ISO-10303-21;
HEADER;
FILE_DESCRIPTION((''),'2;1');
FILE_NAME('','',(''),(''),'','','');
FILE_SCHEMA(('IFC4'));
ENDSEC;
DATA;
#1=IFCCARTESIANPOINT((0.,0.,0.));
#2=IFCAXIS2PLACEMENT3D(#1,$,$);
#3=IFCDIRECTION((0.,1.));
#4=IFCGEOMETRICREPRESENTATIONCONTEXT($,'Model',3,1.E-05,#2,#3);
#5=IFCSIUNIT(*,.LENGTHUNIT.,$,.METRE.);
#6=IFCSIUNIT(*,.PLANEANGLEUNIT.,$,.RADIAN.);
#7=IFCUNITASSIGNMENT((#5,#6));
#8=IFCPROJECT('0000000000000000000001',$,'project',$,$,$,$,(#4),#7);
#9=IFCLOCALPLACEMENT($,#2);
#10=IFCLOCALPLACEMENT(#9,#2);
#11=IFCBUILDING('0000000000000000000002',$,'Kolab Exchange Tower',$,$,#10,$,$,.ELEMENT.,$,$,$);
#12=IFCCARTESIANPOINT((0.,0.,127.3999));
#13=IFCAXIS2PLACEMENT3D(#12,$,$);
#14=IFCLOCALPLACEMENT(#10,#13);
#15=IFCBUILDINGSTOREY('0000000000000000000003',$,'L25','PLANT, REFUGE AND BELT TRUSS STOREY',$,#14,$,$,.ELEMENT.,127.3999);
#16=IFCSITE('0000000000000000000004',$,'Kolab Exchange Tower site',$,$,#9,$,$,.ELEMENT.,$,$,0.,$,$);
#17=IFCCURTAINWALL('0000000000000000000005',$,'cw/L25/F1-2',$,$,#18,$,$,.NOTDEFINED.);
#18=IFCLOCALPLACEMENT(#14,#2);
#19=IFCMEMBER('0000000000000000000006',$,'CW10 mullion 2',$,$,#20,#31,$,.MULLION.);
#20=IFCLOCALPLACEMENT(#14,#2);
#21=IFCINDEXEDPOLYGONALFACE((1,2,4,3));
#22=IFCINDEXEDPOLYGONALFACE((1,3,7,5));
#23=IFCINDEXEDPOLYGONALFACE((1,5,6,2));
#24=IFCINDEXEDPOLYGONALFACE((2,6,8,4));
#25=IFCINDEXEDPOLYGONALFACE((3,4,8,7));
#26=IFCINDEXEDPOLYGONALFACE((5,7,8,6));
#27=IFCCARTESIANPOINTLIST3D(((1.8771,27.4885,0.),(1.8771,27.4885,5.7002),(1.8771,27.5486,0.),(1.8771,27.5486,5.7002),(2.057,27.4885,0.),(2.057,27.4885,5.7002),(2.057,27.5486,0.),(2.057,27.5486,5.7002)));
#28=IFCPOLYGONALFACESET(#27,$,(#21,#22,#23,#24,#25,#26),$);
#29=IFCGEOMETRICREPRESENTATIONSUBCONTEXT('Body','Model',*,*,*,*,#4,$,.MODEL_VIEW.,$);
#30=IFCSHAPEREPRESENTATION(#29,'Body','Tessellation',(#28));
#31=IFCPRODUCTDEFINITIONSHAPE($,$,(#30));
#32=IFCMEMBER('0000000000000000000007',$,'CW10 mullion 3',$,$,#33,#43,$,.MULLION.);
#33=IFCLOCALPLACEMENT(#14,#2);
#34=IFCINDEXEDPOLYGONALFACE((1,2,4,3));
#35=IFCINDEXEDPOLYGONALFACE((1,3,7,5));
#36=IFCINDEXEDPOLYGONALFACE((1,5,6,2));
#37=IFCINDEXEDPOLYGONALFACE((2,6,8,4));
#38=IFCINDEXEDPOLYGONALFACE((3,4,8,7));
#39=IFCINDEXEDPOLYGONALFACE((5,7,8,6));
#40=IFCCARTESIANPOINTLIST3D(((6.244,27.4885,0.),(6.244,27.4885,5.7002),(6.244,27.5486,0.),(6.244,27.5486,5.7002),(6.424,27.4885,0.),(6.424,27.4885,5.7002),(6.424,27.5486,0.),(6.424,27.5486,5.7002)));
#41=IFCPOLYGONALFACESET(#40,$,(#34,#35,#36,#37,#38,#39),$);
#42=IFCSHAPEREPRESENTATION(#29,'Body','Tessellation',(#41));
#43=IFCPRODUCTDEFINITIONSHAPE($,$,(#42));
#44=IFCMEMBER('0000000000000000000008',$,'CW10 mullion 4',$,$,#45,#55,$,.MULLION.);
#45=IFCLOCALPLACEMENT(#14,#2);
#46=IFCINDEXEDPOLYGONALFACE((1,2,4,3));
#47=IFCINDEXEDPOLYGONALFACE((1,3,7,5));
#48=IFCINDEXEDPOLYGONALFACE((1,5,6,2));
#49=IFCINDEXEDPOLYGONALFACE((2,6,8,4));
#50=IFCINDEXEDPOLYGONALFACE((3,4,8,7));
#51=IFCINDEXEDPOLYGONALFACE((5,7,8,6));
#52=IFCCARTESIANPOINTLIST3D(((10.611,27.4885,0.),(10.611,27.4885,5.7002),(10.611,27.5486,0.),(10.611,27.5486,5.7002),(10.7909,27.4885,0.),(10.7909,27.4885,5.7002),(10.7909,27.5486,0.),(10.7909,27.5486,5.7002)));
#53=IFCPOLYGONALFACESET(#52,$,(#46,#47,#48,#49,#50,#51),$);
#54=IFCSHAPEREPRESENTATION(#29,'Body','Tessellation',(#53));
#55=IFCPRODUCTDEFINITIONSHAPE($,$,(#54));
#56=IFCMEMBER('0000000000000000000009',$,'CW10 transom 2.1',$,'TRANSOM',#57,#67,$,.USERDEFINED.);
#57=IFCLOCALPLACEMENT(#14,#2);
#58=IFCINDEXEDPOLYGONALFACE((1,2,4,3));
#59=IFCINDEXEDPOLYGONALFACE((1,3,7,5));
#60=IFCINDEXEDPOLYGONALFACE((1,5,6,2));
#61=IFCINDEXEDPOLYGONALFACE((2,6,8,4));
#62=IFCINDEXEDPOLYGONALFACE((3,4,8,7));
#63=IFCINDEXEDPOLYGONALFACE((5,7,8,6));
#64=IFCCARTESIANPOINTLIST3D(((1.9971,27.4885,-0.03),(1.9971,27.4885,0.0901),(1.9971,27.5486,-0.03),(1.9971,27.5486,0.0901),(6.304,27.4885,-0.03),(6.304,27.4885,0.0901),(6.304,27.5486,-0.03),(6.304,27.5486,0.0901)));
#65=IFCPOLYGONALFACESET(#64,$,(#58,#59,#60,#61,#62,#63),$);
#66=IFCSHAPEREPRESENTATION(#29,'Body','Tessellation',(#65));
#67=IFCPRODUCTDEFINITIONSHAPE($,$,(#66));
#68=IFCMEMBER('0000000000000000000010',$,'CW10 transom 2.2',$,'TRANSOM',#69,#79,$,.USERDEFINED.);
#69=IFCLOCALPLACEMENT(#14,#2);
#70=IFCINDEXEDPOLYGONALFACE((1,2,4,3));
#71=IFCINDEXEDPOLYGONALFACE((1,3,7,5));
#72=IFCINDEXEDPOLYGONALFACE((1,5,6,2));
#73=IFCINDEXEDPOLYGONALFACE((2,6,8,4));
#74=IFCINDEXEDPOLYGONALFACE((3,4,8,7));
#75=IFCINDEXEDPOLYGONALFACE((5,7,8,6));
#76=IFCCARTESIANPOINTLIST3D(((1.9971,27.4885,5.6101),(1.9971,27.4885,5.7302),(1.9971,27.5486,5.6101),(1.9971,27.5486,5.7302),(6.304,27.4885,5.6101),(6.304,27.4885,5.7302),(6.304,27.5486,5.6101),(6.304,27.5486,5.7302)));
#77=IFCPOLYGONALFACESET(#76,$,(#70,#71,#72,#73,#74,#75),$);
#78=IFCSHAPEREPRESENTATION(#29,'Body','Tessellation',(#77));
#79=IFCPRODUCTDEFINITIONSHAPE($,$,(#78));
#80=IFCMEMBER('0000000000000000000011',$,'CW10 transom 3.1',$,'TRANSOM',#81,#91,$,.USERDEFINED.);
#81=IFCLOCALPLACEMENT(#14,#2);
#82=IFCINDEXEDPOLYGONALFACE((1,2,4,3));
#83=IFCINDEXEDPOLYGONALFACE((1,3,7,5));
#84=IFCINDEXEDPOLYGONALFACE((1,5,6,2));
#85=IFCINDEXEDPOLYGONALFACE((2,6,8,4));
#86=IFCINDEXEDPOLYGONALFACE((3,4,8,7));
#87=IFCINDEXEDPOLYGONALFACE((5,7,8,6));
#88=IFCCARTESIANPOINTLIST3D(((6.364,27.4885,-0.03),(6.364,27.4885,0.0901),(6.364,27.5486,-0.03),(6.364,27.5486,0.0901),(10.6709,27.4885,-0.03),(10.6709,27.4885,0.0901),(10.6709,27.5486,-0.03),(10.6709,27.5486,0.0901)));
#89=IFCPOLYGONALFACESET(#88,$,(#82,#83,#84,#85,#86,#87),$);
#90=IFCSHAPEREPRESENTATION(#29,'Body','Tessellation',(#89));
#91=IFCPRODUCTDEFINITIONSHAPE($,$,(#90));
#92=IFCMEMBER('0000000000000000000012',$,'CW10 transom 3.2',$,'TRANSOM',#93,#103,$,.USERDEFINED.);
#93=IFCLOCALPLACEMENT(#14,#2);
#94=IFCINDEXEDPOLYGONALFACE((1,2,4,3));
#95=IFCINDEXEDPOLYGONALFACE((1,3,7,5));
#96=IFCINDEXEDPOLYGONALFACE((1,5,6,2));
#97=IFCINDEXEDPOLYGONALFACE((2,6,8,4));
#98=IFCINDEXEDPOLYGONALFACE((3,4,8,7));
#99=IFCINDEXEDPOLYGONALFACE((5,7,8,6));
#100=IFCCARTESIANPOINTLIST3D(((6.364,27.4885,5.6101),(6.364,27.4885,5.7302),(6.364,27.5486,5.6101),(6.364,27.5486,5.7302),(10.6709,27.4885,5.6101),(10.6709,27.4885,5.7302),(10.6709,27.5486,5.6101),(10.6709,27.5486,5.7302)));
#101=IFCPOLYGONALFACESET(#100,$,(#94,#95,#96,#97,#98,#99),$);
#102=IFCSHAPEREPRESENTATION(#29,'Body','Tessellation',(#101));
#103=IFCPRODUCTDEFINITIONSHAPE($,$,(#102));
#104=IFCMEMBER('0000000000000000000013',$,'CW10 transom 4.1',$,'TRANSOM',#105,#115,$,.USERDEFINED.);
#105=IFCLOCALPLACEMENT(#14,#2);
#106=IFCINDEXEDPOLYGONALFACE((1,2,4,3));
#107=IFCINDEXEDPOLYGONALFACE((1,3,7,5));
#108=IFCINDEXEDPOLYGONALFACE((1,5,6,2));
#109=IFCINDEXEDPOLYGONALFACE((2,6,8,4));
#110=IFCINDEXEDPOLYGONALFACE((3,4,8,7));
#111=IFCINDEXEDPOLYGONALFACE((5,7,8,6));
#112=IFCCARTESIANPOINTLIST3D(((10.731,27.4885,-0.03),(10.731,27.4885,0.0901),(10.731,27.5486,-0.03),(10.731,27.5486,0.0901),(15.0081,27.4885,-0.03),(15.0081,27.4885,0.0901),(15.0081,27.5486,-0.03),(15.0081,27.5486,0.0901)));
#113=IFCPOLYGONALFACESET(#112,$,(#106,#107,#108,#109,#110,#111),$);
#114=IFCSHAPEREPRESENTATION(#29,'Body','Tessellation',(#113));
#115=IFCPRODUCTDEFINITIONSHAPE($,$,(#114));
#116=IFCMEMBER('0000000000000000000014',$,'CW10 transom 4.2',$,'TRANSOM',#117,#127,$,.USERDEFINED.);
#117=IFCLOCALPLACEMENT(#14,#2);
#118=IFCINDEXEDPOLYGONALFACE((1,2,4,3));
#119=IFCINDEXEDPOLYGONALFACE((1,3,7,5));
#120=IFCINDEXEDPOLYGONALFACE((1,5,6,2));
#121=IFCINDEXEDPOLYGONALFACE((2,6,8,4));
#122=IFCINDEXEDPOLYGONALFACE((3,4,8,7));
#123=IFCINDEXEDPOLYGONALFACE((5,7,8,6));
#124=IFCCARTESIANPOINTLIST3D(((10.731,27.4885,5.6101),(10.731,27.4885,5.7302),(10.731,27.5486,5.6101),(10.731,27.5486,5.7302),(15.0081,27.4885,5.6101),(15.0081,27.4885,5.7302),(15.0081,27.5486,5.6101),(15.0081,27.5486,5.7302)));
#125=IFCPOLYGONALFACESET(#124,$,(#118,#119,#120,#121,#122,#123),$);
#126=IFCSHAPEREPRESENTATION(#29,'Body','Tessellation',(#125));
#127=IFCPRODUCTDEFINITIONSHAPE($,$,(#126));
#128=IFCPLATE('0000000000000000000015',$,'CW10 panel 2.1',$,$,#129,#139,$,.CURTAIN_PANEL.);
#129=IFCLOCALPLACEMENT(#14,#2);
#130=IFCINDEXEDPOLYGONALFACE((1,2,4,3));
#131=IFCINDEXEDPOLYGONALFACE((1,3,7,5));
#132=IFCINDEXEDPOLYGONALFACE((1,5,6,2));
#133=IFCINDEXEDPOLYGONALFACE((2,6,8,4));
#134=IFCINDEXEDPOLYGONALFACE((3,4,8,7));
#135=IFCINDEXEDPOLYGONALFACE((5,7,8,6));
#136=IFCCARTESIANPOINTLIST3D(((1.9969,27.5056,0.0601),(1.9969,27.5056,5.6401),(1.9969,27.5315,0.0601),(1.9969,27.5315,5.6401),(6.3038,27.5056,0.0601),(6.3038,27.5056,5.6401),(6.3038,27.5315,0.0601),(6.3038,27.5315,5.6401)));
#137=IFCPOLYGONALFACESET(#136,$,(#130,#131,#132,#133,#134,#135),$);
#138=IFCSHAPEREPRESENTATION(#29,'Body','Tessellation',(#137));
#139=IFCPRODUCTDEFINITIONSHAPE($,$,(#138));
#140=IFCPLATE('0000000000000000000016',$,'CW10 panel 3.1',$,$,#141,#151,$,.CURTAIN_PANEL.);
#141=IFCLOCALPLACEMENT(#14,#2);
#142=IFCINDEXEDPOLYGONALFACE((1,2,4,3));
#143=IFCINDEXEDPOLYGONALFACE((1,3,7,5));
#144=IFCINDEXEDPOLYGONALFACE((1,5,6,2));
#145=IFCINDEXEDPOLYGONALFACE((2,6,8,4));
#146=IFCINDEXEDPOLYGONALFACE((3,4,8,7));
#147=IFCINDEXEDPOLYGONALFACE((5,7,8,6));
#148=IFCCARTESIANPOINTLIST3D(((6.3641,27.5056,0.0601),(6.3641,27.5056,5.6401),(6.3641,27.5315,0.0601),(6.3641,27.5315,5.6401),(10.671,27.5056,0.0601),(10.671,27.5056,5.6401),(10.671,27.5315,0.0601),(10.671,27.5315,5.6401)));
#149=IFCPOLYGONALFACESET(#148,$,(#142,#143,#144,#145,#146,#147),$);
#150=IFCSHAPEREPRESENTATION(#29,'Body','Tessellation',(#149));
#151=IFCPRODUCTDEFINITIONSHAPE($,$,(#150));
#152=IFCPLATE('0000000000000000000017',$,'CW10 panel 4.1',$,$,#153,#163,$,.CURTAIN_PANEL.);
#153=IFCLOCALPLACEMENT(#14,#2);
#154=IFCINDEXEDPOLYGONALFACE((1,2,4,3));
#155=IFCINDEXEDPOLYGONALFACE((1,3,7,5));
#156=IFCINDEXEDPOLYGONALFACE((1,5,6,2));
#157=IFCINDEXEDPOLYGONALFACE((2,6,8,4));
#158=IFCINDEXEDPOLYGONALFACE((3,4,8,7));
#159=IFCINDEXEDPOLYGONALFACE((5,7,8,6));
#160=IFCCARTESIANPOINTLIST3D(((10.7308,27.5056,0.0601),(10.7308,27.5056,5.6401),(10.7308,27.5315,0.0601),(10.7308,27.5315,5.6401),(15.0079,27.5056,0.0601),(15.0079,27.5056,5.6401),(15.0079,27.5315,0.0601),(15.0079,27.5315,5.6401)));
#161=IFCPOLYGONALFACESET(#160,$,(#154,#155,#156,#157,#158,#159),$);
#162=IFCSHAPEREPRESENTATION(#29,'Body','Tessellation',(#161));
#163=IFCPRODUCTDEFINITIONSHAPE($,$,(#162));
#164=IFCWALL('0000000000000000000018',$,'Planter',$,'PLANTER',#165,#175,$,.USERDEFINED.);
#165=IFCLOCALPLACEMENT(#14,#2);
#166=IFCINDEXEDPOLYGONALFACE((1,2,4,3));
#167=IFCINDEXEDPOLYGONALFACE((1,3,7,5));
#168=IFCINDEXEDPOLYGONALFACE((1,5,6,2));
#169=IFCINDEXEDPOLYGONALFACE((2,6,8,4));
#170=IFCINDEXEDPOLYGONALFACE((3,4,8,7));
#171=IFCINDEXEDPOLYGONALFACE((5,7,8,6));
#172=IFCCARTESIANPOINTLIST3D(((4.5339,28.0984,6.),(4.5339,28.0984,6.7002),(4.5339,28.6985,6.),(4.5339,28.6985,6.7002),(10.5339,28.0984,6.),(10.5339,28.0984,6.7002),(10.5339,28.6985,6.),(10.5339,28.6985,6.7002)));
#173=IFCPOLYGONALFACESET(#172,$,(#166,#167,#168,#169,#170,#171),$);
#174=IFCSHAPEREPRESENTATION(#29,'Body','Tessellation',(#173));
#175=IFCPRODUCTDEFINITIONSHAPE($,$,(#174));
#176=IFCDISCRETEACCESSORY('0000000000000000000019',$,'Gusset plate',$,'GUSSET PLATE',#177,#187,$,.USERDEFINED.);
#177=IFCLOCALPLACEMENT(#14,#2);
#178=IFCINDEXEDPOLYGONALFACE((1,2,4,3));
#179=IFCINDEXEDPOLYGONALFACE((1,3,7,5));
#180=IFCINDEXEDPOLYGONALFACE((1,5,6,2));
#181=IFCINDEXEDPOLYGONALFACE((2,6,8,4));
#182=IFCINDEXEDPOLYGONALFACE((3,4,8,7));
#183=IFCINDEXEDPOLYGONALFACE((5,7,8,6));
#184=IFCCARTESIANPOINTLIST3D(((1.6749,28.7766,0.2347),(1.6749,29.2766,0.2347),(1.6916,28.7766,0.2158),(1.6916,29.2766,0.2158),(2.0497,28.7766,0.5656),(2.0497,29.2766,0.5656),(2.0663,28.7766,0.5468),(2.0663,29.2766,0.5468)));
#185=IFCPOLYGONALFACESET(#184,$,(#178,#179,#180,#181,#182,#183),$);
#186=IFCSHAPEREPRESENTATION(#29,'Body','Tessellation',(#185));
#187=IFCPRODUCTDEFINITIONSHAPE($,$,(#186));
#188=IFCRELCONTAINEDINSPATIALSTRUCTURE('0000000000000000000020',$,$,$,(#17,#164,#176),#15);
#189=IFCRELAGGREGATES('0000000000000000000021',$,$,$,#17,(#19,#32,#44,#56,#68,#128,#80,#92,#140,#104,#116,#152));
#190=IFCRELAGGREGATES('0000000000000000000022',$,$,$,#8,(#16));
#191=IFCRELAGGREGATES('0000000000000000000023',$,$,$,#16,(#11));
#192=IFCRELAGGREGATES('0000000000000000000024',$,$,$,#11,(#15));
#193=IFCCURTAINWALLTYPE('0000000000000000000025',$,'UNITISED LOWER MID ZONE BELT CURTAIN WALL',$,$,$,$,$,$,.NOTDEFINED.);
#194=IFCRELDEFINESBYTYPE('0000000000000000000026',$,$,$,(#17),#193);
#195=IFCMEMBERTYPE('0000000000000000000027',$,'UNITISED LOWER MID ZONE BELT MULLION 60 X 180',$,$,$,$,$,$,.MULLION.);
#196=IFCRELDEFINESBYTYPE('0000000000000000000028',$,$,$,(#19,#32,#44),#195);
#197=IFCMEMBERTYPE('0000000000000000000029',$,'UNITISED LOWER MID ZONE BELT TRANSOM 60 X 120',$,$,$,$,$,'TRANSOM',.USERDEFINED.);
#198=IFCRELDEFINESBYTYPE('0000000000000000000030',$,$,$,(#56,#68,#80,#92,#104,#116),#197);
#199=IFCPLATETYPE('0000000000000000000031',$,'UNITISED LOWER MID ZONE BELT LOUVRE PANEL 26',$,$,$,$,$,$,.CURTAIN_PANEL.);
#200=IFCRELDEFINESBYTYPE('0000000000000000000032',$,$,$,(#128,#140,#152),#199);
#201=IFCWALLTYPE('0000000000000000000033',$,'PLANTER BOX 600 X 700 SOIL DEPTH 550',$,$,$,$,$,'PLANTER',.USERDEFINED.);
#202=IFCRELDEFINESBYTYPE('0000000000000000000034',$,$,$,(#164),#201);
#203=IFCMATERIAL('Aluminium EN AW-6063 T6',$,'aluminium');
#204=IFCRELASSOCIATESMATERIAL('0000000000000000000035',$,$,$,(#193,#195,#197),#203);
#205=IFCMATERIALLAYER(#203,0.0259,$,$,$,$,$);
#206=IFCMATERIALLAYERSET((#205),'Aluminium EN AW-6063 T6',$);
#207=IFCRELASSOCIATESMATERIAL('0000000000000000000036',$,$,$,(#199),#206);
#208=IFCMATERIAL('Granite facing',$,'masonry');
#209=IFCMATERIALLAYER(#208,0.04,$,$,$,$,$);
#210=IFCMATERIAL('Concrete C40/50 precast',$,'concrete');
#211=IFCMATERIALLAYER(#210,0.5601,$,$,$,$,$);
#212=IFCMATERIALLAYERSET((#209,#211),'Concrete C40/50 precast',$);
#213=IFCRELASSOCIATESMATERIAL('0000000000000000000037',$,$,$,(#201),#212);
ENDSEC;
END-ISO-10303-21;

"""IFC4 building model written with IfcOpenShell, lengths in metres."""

from ifc_helpers import new_model, si_unit, direction, frame, frame_2d, origin, origin_2d, place, context, subcontext, project, spatial, rectangle, extrude, material, layer, layer_set, material_profile, profile_set, type_object, element, aggregate, save


model = new_model("IFC4")

# Units and contexts
model_context = context("Model", 3, precision=1e-05, world=origin(), true_north=direction((0.0, 1.0)))
body_context = subcontext(model_context, "Body", "Model", "MODEL_VIEW")
ifc_project = project(units=[si_unit("LENGTHUNIT", "METRE"), si_unit("PLANEANGLEUNIT", "RADIAN")], contexts=[model_context])

# Site, building, storey
site_placement = place(None, origin())
site = spatial("IfcSite", under=ifc_project, at=site_placement, Name="Kolab Exchange Tower site", CompositionType="ELEMENT", RefElevation=0.0)
building_placement = place(site_placement, origin())
building = spatial("IfcBuilding", under=site, at=building_placement, Name="Kolab Exchange Tower", CompositionType="ELEMENT")
storey_placement = place(building_placement, frame((0.0, 0.0, 127.3999)))
storey = spatial("IfcBuildingStorey", under=building, at=storey_placement, Name="L25", Description="PLANT, REFUGE AND BELT TRUSS STOREY", CompositionType="ELEMENT", Elevation=127.3999)

# Curtain wall, members, plates
ifc_material_1 = material(Name="Aluminium EN AW-6063 T6", Category="aluminium")
curtain_wall_type = type_object("IfcCurtainWallType", Name="UNITISED LOWER MID ZONE BELT CURTAIN WALL", PredefinedType="NOTDEFINED", material=ifc_material_1)
curtain_wall_placement = place(storey_placement, origin())
curtain_wall = element("IfcCurtainWall", 1, at=curtain_wall_placement, inside=storey, type_object=curtain_wall_type, Name="cw/L25/F1-2", PredefinedType="NOTDEFINED")
ifc_material_profile_1 = material_profile(ifc_material_1, rectangle(XDim=0.0601, YDim=0.1799, at=origin_2d()), Name="RECT 60X180")
ifc_profile_set_1 = profile_set([ifc_material_profile_1], Name="Aluminium EN AW-6063 T6")
member_type_1 = type_object("IfcMemberType", Name="UNITISED LOWER MID ZONE BELT MULLION 60 X 180", PredefinedType="MULLION", material=ifc_profile_set_1)
member_1_placement = place(storey_placement, frame((1.967, 27.5186, 0.0), z_axis=(0.0, 0.0, 1.0), x_axis=(0.0, 1.0, 0.0)))
member_1 = element("IfcMember", 2, at=member_1_placement, type_object=member_type_1, Name="CW10 mullion 2", PredefinedType="MULLION", context=body_context, shape_type="SweptSolid", body=[
    extrude(rectangle(XDim=0.0601, YDim=0.1799, at=origin_2d()), origin(), (0.0, 0.0, 1.0), 5.7002),
])
member_2_placement = place(storey_placement, frame((6.334, 27.5186, 0.0), z_axis=(0.0, 0.0, 1.0), x_axis=(0.0, 1.0, 0.0)))
member_2 = element("IfcMember", 3, at=member_2_placement, type_object=member_type_1, Name="CW10 mullion 3", PredefinedType="MULLION", context=body_context, shape_type="SweptSolid", body=[
    extrude(rectangle(XDim=0.0601, YDim=0.1799, at=origin_2d()), origin(), (0.0, 0.0, 1.0), 5.7002),
])
member_3_placement = place(storey_placement, frame((10.7009, 27.5186, 0.0), z_axis=(0.0, 0.0, 1.0), x_axis=(0.0, 1.0, 0.0)))
member_3 = element("IfcMember", 4, at=member_3_placement, type_object=member_type_1, Name="CW10 mullion 4", PredefinedType="MULLION", context=body_context, shape_type="SweptSolid", body=[
    extrude(rectangle(XDim=0.0601, YDim=0.1799, at=origin_2d()), origin(), (0.0, 0.0, 1.0), 5.7002),
])
ifc_material_profile_2 = material_profile(ifc_material_1, rectangle(XDim=0.0601, YDim=0.1201, at=origin_2d()), Name="RECT 60X120")
ifc_profile_set_2 = profile_set([ifc_material_profile_2], Name="Aluminium EN AW-6063 T6")
member_type_2 = type_object("IfcMemberType", Name="UNITISED LOWER MID ZONE BELT TRANSOM 60 X 120", ElementType="TRANSOM", PredefinedType="USERDEFINED", material=ifc_profile_set_2)
member_4_placement = place(storey_placement, frame((1.9971, 27.5186, 0.03), z_axis=(1.0, 0.0, 0.0), x_axis=(0.0, 1.0, 0.0)))
member_4 = element("IfcMember", 5, at=member_4_placement, type_object=member_type_2, Name="CW10 transom 2.1", ObjectType="TRANSOM", PredefinedType="USERDEFINED", context=body_context, shape_type="SweptSolid", body=[
    extrude(rectangle(XDim=0.0601, YDim=0.1201, at=origin_2d()), origin(), (0.0, 0.0, 1.0), 4.3069),
])
member_5_placement = place(storey_placement, frame((1.9971, 27.5186, 5.6702), z_axis=(1.0, 0.0, 0.0), x_axis=(0.0, 1.0, 0.0)))
member_5 = element("IfcMember", 6, at=member_5_placement, type_object=member_type_2, Name="CW10 transom 2.2", ObjectType="TRANSOM", PredefinedType="USERDEFINED", context=body_context, shape_type="SweptSolid", body=[
    extrude(rectangle(XDim=0.0601, YDim=0.1201, at=origin_2d()), origin(), (0.0, 0.0, 1.0), 4.3069),
])
member_6_placement = place(storey_placement, frame((6.364, 27.5186, 0.03), z_axis=(1.0, 0.0, 0.0), x_axis=(0.0, 1.0, 0.0)))
member_6 = element("IfcMember", 7, at=member_6_placement, type_object=member_type_2, Name="CW10 transom 3.1", ObjectType="TRANSOM", PredefinedType="USERDEFINED", context=body_context, shape_type="SweptSolid", body=[
    extrude(rectangle(XDim=0.0601, YDim=0.1201, at=origin_2d()), origin(), (0.0, 0.0, 1.0), 4.3069),
])
member_7_placement = place(storey_placement, frame((6.364, 27.5186, 5.6702), z_axis=(1.0, 0.0, 0.0), x_axis=(0.0, 1.0, 0.0)))
member_7 = element("IfcMember", 8, at=member_7_placement, type_object=member_type_2, Name="CW10 transom 3.2", ObjectType="TRANSOM", PredefinedType="USERDEFINED", context=body_context, shape_type="SweptSolid", body=[
    extrude(rectangle(XDim=0.0601, YDim=0.1201, at=origin_2d()), origin(), (0.0, 0.0, 1.0), 4.3069),
])
member_8_placement = place(storey_placement, frame((10.731, 27.5186, 0.03), z_axis=(1.0, 0.0, 0.0), x_axis=(0.0, 1.0, 0.0)))
member_8 = element("IfcMember", 9, at=member_8_placement, type_object=member_type_2, Name="CW10 transom 4.1", ObjectType="TRANSOM", PredefinedType="USERDEFINED", context=body_context, shape_type="SweptSolid", body=[
    extrude(rectangle(XDim=0.0601, YDim=0.1201, at=origin_2d()), origin(), (0.0, 0.0, 1.0), 4.2771),
])
member_9_placement = place(storey_placement, frame((10.731, 27.5186, 5.6702), z_axis=(1.0, 0.0, 0.0), x_axis=(0.0, 1.0, 0.0)))
member_9 = element("IfcMember", 10, at=member_9_placement, type_object=member_type_2, Name="CW10 transom 4.2", ObjectType="TRANSOM", PredefinedType="USERDEFINED", context=body_context, shape_type="SweptSolid", body=[
    extrude(rectangle(XDim=0.0601, YDim=0.1201, at=origin_2d()), origin(), (0.0, 0.0, 1.0), 4.2771),
])
ifc_layer_1 = layer(ifc_material_1, 0.0259)
ifc_layer_set_1 = layer_set([ifc_layer_1], Name="Aluminium EN AW-6063 T6")
plate_type = type_object("IfcPlateType", Name="UNITISED LOWER MID ZONE BELT LOUVRE PANEL 26", PredefinedType="CURTAIN_PANEL", material=ifc_layer_set_1)
plate_1_placement = place(storey_placement, frame((4.1504, 27.5186, 0.0601), z_axis=(0.0, 0.0, 1.0), x_axis=(1.0, 0.0, 0.0)))
plate_1 = element("IfcPlate", 11, at=plate_1_placement, type_object=plate_type, Name="CW10 panel 2.1", PredefinedType="CURTAIN_PANEL", context=body_context, shape_type="SweptSolid", body=[
    extrude(rectangle(XDim=4.3069, YDim=0.0259, at=origin_2d()), origin(), (0.0, 0.0, 1.0), 5.5801),
])
plate_2_placement = place(storey_placement, frame((8.5176, 27.5186, 0.0601), z_axis=(0.0, 0.0, 1.0), x_axis=(1.0, 0.0, 0.0)))
plate_2 = element("IfcPlate", 12, at=plate_2_placement, type_object=plate_type, Name="CW10 panel 3.1", PredefinedType="CURTAIN_PANEL", context=body_context, shape_type="SweptSolid", body=[
    extrude(rectangle(XDim=4.3069, YDim=0.0259, at=origin_2d()), origin(), (0.0, 0.0, 1.0), 5.5801),
])
plate_3_placement = place(storey_placement, frame((12.8694, 27.5186, 0.0601), z_axis=(0.0, 0.0, 1.0), x_axis=(1.0, 0.0, 0.0)))
plate_3 = element("IfcPlate", 13, at=plate_3_placement, type_object=plate_type, Name="CW10 panel 4.1", PredefinedType="CURTAIN_PANEL", context=body_context, shape_type="SweptSolid", body=[
    extrude(rectangle(XDim=4.2771, YDim=0.0259, at=origin_2d()), origin(), (0.0, 0.0, 1.0), 5.5801),
])
aggregate(curtain_wall, [member_1, member_2, member_3, member_4, member_5, plate_1, member_6, member_7, plate_2, member_8, member_9, plate_3])

# Wall
ifc_material_2 = material(Name="Granite facing", Category="masonry")
ifc_layer_2 = layer(ifc_material_2, 0.04)
ifc_material_3 = material(Name="Concrete C40/50 precast", Category="concrete")
ifc_layer_3 = layer(ifc_material_3, 0.5601)
ifc_layer_set_2 = layer_set([ifc_layer_2, ifc_layer_3], Name="Concrete C40/50 precast")
wall_type = type_object("IfcWallType", Name="PLANTER BOX 600 X 700 SOIL DEPTH 550", ElementType="PLANTER", PredefinedType="USERDEFINED", material=ifc_layer_set_2)
wall_placement = place(storey_placement, frame((4.5339, 28.3984, 6.0), z_axis=(0.0, 0.0, 1.0), x_axis=(1.0, 0.0, 0.0)))
element("IfcWall", 14, at=wall_placement, inside=storey, type_object=wall_type, Name="Planter", ObjectType="PLANTER", PredefinedType="USERDEFINED", context=body_context, shape_type="SweptSolid", body=[
    extrude(rectangle(XDim=6.0, YDim=0.6001, at=frame_2d((3.0, 0.0))), origin(), (0.0, 0.0, 1.0), 0.7002),
])

# Discrete accessory
for number, where, z_axis, x_axis, name in (
    (15, (1.8623, 29.0266, 0.4001), (0.661944, 0.0, -0.749554), (0.0, 1.0, 0.0), "Gusset plate"),
):
    element("IfcDiscreteAccessory", number, at=place(storey_placement, frame(where, z_axis=z_axis, x_axis=x_axis)), inside=storey, Name=name, ObjectType="GUSSET PLATE", PredefinedType="USERDEFINED", context=body_context, shape_type="SweptSolid", body=[
        extrude(rectangle(XDim=0.5, YDim=0.5, at=origin_2d()), origin(), (0.0, 0.0, 1.0), 0.0251),
    ])

save(model, "model.ifc")
